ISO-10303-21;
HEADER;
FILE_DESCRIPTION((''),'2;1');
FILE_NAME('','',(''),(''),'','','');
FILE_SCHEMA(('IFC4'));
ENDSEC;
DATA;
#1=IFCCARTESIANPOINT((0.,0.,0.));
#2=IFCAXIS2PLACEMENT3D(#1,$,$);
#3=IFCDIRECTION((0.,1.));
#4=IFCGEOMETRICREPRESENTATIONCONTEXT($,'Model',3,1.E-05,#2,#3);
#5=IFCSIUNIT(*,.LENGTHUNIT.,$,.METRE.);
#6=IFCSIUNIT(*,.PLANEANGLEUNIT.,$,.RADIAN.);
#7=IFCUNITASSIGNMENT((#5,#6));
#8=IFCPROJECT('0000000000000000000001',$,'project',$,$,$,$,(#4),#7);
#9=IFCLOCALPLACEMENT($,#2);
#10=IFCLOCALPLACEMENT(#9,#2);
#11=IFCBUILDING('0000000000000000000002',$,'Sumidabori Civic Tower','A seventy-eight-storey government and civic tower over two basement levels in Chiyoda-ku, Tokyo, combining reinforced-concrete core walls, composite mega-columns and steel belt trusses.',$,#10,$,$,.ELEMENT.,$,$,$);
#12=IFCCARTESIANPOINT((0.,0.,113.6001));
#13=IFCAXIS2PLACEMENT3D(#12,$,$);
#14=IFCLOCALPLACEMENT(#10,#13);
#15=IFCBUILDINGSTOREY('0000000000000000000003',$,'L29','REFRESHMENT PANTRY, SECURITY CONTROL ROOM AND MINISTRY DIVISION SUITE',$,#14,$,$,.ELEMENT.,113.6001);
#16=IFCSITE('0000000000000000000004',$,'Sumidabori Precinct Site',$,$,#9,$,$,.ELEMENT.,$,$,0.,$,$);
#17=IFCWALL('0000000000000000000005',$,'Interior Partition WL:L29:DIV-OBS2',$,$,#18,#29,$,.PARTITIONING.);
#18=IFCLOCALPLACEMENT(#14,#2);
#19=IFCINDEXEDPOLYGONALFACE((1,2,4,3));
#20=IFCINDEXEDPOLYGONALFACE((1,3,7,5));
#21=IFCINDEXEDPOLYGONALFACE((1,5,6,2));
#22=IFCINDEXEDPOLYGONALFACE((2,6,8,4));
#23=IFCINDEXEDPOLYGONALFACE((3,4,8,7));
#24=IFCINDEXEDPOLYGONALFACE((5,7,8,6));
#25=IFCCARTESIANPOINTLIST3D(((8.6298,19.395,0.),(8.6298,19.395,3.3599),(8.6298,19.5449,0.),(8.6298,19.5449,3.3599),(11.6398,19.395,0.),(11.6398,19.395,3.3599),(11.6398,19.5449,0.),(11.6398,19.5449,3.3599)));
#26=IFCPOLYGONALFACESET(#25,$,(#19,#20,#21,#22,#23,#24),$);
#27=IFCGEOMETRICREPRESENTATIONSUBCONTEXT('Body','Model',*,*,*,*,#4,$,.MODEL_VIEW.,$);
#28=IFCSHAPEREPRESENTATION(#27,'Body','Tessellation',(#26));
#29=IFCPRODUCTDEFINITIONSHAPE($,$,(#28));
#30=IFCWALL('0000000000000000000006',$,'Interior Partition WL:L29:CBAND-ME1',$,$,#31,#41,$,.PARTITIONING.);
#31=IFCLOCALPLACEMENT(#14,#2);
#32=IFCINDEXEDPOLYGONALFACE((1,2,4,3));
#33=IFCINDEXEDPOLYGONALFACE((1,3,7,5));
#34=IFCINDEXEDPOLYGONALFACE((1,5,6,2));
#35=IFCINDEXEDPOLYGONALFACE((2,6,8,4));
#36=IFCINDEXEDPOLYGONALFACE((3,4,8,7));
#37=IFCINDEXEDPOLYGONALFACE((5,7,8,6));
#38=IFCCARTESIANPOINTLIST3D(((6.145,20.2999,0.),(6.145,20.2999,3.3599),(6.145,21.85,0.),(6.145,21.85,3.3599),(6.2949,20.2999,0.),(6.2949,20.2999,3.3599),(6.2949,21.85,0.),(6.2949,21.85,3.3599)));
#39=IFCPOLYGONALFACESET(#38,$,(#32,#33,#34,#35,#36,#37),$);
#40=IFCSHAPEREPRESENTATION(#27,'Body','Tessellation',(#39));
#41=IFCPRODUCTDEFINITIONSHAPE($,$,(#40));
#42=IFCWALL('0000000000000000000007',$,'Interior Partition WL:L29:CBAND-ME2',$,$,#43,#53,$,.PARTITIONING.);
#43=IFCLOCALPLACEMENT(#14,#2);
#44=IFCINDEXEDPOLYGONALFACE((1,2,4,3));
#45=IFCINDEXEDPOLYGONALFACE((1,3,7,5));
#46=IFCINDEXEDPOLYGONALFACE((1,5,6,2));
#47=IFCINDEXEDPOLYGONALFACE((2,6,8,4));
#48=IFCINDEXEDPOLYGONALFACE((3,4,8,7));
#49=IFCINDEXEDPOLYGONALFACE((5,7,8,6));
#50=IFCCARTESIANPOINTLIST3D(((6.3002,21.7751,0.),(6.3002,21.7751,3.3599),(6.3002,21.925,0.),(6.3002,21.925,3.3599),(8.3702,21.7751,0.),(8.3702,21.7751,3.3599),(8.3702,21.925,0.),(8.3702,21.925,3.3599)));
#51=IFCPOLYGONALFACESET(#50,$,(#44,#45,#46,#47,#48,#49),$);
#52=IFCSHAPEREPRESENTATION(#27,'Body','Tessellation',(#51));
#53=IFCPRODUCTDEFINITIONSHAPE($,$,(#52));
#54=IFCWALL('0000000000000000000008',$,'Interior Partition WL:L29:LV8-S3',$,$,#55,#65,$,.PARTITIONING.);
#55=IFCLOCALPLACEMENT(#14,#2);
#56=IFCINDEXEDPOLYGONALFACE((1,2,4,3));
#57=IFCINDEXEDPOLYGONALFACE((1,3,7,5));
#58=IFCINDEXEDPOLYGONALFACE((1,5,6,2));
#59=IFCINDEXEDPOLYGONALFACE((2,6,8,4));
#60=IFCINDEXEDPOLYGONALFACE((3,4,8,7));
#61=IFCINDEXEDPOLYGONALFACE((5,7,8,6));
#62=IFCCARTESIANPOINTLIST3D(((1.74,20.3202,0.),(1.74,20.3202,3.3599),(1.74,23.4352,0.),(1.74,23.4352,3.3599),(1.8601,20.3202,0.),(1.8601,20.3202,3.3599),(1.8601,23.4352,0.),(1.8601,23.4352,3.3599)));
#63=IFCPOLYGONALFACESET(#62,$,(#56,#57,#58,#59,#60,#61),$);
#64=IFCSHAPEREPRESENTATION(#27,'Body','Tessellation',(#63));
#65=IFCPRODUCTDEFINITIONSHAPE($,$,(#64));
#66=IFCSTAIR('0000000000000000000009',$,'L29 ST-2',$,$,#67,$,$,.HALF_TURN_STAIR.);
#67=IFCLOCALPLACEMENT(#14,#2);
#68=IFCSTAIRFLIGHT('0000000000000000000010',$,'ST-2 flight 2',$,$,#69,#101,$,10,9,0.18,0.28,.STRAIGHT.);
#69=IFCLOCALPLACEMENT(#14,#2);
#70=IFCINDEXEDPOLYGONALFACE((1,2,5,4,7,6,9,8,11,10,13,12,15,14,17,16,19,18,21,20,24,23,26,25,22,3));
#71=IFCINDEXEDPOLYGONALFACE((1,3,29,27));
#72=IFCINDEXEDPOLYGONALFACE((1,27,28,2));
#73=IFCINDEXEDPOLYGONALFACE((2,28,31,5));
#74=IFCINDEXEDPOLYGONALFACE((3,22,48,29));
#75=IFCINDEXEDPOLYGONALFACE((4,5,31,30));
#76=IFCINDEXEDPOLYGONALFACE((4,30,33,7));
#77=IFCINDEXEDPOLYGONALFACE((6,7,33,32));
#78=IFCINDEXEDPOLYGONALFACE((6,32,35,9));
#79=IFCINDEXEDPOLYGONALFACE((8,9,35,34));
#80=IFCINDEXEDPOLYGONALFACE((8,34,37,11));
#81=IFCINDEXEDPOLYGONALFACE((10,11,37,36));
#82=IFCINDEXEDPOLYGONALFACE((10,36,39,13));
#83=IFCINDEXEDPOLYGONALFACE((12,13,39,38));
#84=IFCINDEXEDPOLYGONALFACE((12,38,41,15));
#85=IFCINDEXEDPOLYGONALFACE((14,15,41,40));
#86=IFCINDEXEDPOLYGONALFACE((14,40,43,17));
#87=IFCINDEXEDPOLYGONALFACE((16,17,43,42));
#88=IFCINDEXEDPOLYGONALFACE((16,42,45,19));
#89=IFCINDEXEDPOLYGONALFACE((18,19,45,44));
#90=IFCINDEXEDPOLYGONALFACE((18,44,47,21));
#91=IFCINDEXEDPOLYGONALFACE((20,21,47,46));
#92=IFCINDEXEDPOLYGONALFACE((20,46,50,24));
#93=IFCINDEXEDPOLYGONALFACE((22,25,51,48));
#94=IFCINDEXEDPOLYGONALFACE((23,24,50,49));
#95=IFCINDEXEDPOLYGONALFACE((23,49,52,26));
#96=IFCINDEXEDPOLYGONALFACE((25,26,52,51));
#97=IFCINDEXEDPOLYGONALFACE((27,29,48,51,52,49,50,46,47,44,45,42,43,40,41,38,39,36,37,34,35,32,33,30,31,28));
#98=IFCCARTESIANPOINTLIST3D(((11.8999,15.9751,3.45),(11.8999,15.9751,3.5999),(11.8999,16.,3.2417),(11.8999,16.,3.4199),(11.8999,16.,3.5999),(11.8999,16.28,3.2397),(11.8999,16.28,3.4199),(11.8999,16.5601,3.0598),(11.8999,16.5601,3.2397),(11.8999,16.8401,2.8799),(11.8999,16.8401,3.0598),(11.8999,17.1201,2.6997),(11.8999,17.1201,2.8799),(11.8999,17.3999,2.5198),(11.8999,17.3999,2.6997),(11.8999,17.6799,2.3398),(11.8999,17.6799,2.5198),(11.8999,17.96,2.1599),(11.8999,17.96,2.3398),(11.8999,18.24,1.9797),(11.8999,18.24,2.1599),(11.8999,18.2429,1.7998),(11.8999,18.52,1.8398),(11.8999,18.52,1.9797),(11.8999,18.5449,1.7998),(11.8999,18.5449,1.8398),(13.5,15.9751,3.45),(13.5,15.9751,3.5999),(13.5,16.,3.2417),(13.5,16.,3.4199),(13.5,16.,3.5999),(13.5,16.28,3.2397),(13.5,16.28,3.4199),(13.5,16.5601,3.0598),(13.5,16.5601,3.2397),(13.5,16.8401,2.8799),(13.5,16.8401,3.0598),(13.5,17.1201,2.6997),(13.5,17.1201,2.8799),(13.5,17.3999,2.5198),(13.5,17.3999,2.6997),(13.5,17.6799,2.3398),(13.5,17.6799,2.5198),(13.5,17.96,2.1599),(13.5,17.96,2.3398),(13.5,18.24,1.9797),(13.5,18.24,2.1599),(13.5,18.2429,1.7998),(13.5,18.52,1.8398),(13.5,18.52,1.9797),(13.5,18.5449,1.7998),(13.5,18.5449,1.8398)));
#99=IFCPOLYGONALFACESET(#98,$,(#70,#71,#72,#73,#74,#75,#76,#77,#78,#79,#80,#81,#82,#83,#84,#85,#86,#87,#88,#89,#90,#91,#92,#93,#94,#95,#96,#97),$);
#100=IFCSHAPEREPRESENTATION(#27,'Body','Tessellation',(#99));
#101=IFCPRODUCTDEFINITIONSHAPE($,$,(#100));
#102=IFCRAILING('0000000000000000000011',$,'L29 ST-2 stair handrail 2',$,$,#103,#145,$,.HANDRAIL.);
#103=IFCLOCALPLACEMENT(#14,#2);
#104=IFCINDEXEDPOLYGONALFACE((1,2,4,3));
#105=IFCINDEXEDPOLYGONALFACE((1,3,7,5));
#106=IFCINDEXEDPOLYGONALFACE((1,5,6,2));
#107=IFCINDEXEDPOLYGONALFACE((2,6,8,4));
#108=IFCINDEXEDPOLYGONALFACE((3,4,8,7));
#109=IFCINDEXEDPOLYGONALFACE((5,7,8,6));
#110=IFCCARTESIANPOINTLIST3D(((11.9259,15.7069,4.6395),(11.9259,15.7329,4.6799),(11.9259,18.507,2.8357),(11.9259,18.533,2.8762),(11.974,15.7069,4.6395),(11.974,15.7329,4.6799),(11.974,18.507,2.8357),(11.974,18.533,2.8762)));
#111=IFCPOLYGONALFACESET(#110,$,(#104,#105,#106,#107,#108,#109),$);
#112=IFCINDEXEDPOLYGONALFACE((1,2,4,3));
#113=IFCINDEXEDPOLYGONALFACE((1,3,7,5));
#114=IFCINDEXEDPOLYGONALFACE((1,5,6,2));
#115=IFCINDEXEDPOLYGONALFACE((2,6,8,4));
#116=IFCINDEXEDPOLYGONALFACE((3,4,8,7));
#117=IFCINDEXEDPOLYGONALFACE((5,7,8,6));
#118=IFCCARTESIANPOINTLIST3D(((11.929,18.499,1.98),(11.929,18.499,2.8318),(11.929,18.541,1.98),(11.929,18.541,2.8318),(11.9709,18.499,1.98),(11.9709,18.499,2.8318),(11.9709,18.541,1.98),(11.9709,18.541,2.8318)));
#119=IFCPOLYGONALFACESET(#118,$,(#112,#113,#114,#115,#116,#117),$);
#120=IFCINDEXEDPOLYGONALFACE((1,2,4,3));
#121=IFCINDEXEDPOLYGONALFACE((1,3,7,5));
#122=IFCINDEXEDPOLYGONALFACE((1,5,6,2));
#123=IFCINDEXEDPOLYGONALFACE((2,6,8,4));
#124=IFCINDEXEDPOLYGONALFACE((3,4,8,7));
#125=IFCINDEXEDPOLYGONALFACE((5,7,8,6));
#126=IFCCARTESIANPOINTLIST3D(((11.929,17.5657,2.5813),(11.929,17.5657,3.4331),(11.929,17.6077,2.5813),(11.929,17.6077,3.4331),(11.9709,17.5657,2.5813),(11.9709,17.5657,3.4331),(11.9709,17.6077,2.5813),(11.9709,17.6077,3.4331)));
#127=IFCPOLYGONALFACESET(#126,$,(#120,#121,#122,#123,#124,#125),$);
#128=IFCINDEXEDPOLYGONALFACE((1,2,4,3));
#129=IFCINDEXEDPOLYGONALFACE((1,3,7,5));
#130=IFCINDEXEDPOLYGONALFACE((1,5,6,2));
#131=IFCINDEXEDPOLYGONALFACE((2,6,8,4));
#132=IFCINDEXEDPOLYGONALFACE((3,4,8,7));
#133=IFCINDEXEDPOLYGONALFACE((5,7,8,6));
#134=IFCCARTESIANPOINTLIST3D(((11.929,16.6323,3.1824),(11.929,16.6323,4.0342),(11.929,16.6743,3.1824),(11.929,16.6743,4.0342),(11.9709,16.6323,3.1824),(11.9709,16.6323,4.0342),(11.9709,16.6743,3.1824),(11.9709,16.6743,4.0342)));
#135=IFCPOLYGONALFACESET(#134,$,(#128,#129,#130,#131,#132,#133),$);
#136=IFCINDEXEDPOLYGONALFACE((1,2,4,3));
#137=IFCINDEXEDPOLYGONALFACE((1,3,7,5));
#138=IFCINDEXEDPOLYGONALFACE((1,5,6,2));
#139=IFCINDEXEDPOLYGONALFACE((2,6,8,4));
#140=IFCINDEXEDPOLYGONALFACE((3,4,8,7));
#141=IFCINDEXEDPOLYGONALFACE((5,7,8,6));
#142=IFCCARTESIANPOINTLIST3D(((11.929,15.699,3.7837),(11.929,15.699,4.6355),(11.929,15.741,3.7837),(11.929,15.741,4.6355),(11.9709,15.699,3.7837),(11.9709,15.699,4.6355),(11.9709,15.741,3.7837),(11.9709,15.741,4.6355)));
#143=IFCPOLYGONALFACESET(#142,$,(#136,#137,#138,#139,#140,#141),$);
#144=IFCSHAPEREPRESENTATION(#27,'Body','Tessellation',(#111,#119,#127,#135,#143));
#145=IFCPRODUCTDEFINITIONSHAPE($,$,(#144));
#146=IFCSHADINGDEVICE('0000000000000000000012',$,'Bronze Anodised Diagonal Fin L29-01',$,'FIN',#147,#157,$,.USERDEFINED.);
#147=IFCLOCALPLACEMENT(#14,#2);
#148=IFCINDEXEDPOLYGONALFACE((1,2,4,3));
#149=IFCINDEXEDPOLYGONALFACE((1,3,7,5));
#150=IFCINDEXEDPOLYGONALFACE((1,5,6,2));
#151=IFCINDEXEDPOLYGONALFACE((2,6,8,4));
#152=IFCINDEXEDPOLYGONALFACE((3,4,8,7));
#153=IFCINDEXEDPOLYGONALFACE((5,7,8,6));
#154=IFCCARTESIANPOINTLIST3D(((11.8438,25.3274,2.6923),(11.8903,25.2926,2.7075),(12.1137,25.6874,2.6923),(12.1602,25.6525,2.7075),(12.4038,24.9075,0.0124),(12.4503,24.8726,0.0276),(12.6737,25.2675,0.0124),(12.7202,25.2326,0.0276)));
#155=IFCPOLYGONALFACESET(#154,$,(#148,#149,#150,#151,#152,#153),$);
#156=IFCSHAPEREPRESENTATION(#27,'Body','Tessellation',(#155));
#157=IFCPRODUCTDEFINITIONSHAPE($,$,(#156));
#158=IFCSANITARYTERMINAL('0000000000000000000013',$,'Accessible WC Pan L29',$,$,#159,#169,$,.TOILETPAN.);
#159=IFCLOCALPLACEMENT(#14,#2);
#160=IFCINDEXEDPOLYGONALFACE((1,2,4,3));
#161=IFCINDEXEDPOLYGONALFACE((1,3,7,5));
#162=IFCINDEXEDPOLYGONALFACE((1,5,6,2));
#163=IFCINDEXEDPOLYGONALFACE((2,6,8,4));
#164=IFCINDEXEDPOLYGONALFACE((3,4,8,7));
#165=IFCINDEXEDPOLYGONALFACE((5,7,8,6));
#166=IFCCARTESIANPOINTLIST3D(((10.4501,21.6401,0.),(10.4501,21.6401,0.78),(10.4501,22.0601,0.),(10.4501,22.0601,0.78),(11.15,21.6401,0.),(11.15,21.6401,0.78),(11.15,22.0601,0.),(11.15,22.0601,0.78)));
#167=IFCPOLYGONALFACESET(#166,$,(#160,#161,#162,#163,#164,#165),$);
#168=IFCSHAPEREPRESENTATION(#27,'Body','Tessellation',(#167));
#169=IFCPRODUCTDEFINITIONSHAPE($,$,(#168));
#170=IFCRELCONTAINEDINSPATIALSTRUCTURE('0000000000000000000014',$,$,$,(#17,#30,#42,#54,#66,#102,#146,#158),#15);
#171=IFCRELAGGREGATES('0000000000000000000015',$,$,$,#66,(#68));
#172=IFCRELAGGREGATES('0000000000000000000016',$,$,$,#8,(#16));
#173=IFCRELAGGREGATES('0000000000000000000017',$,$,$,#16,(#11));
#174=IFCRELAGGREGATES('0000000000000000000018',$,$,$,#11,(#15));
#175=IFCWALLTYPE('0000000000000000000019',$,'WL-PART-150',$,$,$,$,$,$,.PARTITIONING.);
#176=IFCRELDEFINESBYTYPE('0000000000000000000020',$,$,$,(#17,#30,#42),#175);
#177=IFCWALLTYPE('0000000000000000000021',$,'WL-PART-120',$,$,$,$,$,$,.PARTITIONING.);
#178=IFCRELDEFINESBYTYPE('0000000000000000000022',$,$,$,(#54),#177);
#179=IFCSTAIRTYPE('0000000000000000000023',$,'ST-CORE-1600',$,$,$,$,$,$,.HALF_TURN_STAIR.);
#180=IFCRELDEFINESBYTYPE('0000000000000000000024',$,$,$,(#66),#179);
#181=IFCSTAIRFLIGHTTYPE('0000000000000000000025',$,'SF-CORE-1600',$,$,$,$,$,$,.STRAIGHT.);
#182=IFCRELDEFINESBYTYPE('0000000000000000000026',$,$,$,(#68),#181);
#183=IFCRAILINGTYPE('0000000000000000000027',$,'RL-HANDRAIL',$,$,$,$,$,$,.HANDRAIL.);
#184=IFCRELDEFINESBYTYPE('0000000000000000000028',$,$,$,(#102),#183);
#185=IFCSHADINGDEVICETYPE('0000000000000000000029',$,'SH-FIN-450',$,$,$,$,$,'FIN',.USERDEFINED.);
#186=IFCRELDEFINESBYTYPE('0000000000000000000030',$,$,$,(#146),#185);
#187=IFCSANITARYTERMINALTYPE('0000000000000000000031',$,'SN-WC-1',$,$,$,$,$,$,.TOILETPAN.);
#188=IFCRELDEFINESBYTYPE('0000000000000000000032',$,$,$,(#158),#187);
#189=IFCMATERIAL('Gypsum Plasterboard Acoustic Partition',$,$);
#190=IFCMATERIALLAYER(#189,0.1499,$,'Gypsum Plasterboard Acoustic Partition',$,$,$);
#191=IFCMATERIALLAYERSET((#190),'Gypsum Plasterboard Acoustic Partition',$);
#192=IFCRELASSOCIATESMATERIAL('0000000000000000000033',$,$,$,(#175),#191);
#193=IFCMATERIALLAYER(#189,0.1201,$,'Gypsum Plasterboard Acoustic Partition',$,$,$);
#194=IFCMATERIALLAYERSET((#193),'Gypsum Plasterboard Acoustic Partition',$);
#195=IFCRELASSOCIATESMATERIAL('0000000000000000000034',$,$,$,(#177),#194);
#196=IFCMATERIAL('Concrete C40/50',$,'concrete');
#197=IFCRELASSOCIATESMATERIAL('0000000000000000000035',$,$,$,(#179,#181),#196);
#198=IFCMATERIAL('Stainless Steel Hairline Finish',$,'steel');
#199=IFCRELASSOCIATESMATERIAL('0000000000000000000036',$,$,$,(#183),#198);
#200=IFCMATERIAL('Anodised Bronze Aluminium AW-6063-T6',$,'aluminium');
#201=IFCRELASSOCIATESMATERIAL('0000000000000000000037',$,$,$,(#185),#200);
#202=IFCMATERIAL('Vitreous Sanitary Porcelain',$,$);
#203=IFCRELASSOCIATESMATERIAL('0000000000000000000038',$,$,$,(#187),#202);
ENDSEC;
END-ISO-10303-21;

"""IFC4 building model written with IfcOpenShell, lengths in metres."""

from ifc_helpers import new_model, si_unit, direction, frame, frame_2d, origin, origin_2d, place, context, subcontext, project, spatial, polyline, rectangle, outline, extrude, source, transform, mapped, material, layer, layer_set, material_profile, profile_set, type_object, element, aggregate, save


model = new_model("IFC4")

# Units and contexts
model_context = context("Model", 3, precision=1e-05, world=origin(), true_north=direction((0.0, 1.0)))
body_context = subcontext(model_context, "Body", "Model", "MODEL_VIEW")
ifc_project = project(units=[si_unit("LENGTHUNIT", "METRE"), si_unit("PLANEANGLEUNIT", "RADIAN")], contexts=[model_context])

# Site, building, storey
site_placement = place(None, origin())
site = spatial("IfcSite", under=ifc_project, at=site_placement, Name="Sumidabori Precinct Site", CompositionType="ELEMENT", RefElevation=0.0)
building_placement = place(site_placement, origin())
building = spatial("IfcBuilding", under=site, at=building_placement, Name="Sumidabori Civic Tower", Description="A seventy-eight-storey government and civic tower over two basement levels in Chiyoda-ku, Tokyo, combining reinforced-concrete core walls, composite mega-columns and steel belt trusses.", CompositionType="ELEMENT")
storey_placement = place(building_placement, frame((0.0, 0.0, 113.6001)))
storey = spatial("IfcBuildingStorey", under=building, at=storey_placement, Name="L29", Description="REFRESHMENT PANTRY, SECURITY CONTROL ROOM AND MINISTRY DIVISION SUITE", CompositionType="ELEMENT", Elevation=113.6001)

# Shared definitions
ifc_material_1 = material(Name="Anodised Bronze Aluminium AW-6063-T6", Category="aluminium")

# Walls
ifc_material_2 = material(Name="Gypsum Plasterboard Acoustic Partition")
ifc_layer_1 = layer(ifc_material_2, 0.1499, Name="Gypsum Plasterboard Acoustic Partition")
ifc_layer_set_1 = layer_set([ifc_layer_1], Name="Gypsum Plasterboard Acoustic Partition")
wall_type_1 = type_object("IfcWallType", Name="WL-PART-150", PredefinedType="PARTITIONING", material=ifc_layer_set_1)
shared_shape_1 = source(origin(), body_context, "Body", "SweptSolid", [
    extrude(rectangle(XDim=3.01, YDim=0.1499, at=frame_2d((1.5049, 0.0))), origin(), (0.0, 0.0, 1.0), 3.3599),
])
wall_1_placement = place(storey_placement, frame((8.6299, 19.47, 0.0), z_axis=(0.0, 0.0, 1.0), x_axis=(1.0, 0.0, 0.0)))
element("IfcWall", 1, at=wall_1_placement, inside=storey, type_object=wall_type_1, Name="Interior Partition WL:L29:DIV-OBS2", PredefinedType="PARTITIONING", context=body_context, shape_type="MappedRepresentation", body=[
    mapped(shared_shape_1, transform((0.0, 0.0, 0.0), x_axis=(1.0, 0.0, 0.0), y_axis=(0.0, 1.0, 0.0), z_axis=(0.0, 0.0, 1.0), scale=1.0)),
])
shared_shape_2 = source(origin(), body_context, "Body", "SweptSolid", [
    extrude(rectangle(XDim=1.55, YDim=0.1499, at=frame_2d((0.7749, 0.0))), origin(), (0.0, 0.0, 1.0), 3.3599),
])
wall_2_placement = place(storey_placement, frame((6.22, 20.3, 0.0), z_axis=(0.0, 0.0, 1.0), x_axis=(0.0, 1.0, 0.0)))
element("IfcWall", 2, at=wall_2_placement, inside=storey, type_object=wall_type_1, Name="Interior Partition WL:L29:CBAND-ME1", PredefinedType="PARTITIONING", context=body_context, shape_type="MappedRepresentation", body=[
    mapped(shared_shape_2, transform((0.0, 0.0, 0.0), x_axis=(1.0, 0.0, 0.0), y_axis=(0.0, 1.0, 0.0), z_axis=(0.0, 0.0, 1.0), scale=1.0)),
])
shared_shape_3 = source(origin(), body_context, "Body", "SweptSolid", [
    extrude(rectangle(XDim=2.0701, YDim=0.1499, at=frame_2d((1.0352, 0.0))), origin(), (0.0, 0.0, 1.0), 3.3599),
])
wall_3_placement = place(storey_placement, frame((6.3, 21.8501, 0.0), z_axis=(0.0, 0.0, 1.0), x_axis=(1.0, 0.0, 0.0)))
element("IfcWall", 3, at=wall_3_placement, inside=storey, type_object=wall_type_1, Name="Interior Partition WL:L29:CBAND-ME2", PredefinedType="PARTITIONING", context=body_context, shape_type="MappedRepresentation", body=[
    mapped(shared_shape_3, transform((0.0, 0.0, 0.0), x_axis=(1.0, 0.0, 0.0), y_axis=(0.0, 1.0, 0.0), z_axis=(0.0, 0.0, 1.0), scale=1.0)),
])
ifc_layer_2 = layer(ifc_material_2, 0.1201, Name="Gypsum Plasterboard Acoustic Partition")
ifc_layer_set_2 = layer_set([ifc_layer_2], Name="Gypsum Plasterboard Acoustic Partition")
wall_type_2 = type_object("IfcWallType", Name="WL-PART-120", PredefinedType="PARTITIONING", material=ifc_layer_set_2)
shared_shape_4 = source(origin(), body_context, "Body", "SweptSolid", [
    extrude(rectangle(XDim=3.115, YDim=0.1201, at=frame_2d((1.5576, 0.0))), origin(), (0.0, 0.0, 1.0), 3.3599),
])
wall_4_placement = place(storey_placement, frame((1.8, 20.3201, 0.0), z_axis=(0.0, 0.0, 1.0), x_axis=(0.0, 1.0, 0.0)))
element("IfcWall", 4, at=wall_4_placement, inside=storey, type_object=wall_type_2, Name="Interior Partition WL:L29:LV8-S3", PredefinedType="PARTITIONING", context=body_context, shape_type="MappedRepresentation", body=[
    mapped(shared_shape_4, transform((0.0, 0.0, 0.0), x_axis=(1.0, 0.0, 0.0), y_axis=(0.0, 1.0, 0.0), z_axis=(0.0, 0.0, 1.0), scale=1.0)),
])

# Stair, stair flight
ifc_material_3 = material(Name="Concrete C40/50", Category="concrete")
stair_type = type_object("IfcStairType", Name="ST-CORE-1600", PredefinedType="HALF_TURN_STAIR", material=ifc_material_3)
stair_placement = place(storey_placement, origin())
stair = element("IfcStair", 5, at=stair_placement, inside=storey, type_object=stair_type, Name="L29 ST-2", PredefinedType="HALF_TURN_STAIR")
stair_flight_type = type_object("IfcStairFlightType", Name="SF-CORE-1600", PredefinedType="STRAIGHT", material=ifc_material_3)
shared_shape_5 = source(origin(), body_context, "Body", "SweptSolid", [
    extrude(outline(polyline([(-0.0249, 0.0), (-0.0249, 0.04), (0.0, 0.04), (0.0, 0.1799), (0.28, 0.1799), (0.28, 0.3601), (0.5601, 0.3601), (0.5601, 0.54), (0.8401, 0.54), (0.8401, 0.72), (1.1201, 0.72), (1.1201, 0.8999), (1.3999, 0.8999), (1.3999, 1.0801), (1.6799, 1.0801), (1.6799, 1.26), (1.96, 1.26), (1.96, 1.4399), (2.24, 1.4399), (2.24, 1.6201), (2.52, 1.6201), (2.52, 1.8), (2.5449, 1.8), (2.5449, 1.6501), (2.52, 1.4419), (0.2771, 0.0), (-0.0249, 0.0)])), frame((0.0, 0.8, 0.0), z_axis=(0.0, -1.0, 0.0), x_axis=(1.0, 0.0, 0.0)), (0.0, 0.0, 1.0), 1.6001),
])
stair_flight_placement = place(storey_placement, frame((12.7, 18.52, 1.7998), z_axis=(0.0, 0.0, 1.0), x_axis=(0.0, -1.0, 0.0)))
stair_flight = element("IfcStairFlight", 6, at=stair_flight_placement, type_object=stair_flight_type, Name="ST-2 flight 2", NumberOfRisers=10, NumberOfTreads=9, PredefinedType="STRAIGHT", RiserHeight=0.18, TreadLength=0.28, context=body_context, shape_type="MappedRepresentation", body=[
    mapped(shared_shape_5, transform((0.0, 0.0, 0.0), x_axis=(1.0, 0.0, 0.0), y_axis=(0.0, 1.0, 0.0), z_axis=(0.0, 0.0, 1.0), scale=1.0)),
])
aggregate(stair, [stair_flight])

# Railing
ifc_material_4 = material(Name="Stainless Steel Hairline Finish", Category="steel")
railing_type = type_object("IfcRailingType", Name="RL-HANDRAIL", PredefinedType="HANDRAIL", material=ifc_material_4)
railing_placement = place(storey_placement, frame((11.95, 18.52, 1.98)))
element("IfcRailing", 7, at=railing_placement, inside=storey, type_object=railing_type, Name="L29 ST-2 stair handrail 2", PredefinedType="HANDRAIL", context=body_context, shape_type="SweptSolid", body=[
    extrude(rectangle(XDim=0.0481, YDim=0.0481, at=origin_2d()), frame((0.0, 0.0, 0.876), z_axis=(0.0, -0.840676, 0.541539), x_axis=(1.0, 0.0, 0.0)), (0.0, 0.0, 1.0), 3.3308),
    extrude(rectangle(XDim=0.042, YDim=0.042, at=origin_2d()), origin(), (0.0, 0.0, 1.0), 0.8518),
    extrude(rectangle(XDim=0.042, YDim=0.042, at=origin_2d()), frame((0.0, -0.9333, 0.6013)), (0.0, 0.0, 1.0), 0.8518),
    extrude(rectangle(XDim=0.042, YDim=0.042, at=origin_2d()), frame((0.0, -1.8667, 1.2024)), (0.0, 0.0, 1.0), 0.8518),
    extrude(rectangle(XDim=0.042, YDim=0.042, at=origin_2d()), frame((0.0, -2.8, 1.8037)), (0.0, 0.0, 1.0), 0.8518),
])

# Shading device
ifc_material_profile_1 = material_profile(ifc_material_1, rectangle(XDim=0.0601, YDim=0.45, at=origin_2d()), Name="BRONZE FIN 450x60")
ifc_profile_set_1 = profile_set([ifc_material_profile_1], Name="Anodised Bronze Aluminium AW-6063-T6")
shading_device_type = type_object("IfcShadingDeviceType", Name="SH-FIN-450", ElementType="FIN", PredefinedType="USERDEFINED", material=ifc_profile_set_1)
shared_shape_6 = source(origin(), body_context, "Body", "SweptSolid", [
    extrude(rectangle(XDim=0.0601, YDim=0.45, at=origin_2d()), origin(), (0.0, 0.0, 1.0), 2.7698),
])
shading_device_placement = place(storey_placement, frame((12.562, 25.0701, 0.02), z_axis=(-0.202199, 0.151605, 0.967539), x_axis=(0.774112, -0.580415, 0.252722)))
element("IfcShadingDevice", 8, at=shading_device_placement, inside=storey, type_object=shading_device_type, Name="Bronze Anodised Diagonal Fin L29-01", ObjectType="FIN", PredefinedType="USERDEFINED", context=body_context, shape_type="MappedRepresentation", body=[
    mapped(shared_shape_6, transform((0.0, 0.0, 0.0), x_axis=(1.0, 0.0, 0.0), y_axis=(0.0, 1.0, 0.0), z_axis=(0.0, 0.0, 1.0), scale=1.0)),
])

# Sanitary terminal
ifc_material_5 = material(Name="Vitreous Sanitary Porcelain")
sanitary_terminal_type_1 = type_object("IfcSanitaryTerminalType", Name="SN-WC-1", PredefinedType="TOILETPAN", material=ifc_material_5)
shared_shape_7 = source(origin(), body_context, "Body", "SweptSolid", [
    extrude(rectangle(XDim=0.7, YDim=0.4199, at=origin_2d()), origin(), (0.0, 0.0, 1.0), 0.78),
])
sanitary_terminal_1_placement = place(storey_placement, frame((10.8, 21.8501, 0.0), z_axis=(0.0, 0.0, 1.0), x_axis=(1.0, 0.0, 0.0)))
element("IfcSanitaryTerminal", 9, at=sanitary_terminal_1_placement, inside=storey, type_object=sanitary_terminal_type_1, Name="Accessible WC Pan L29", PredefinedType="TOILETPAN", context=body_context, shape_type="MappedRepresentation", body=[
    mapped(shared_shape_7, transform((0.0, 0.0, 0.0), x_axis=(1.0, 0.0, 0.0), y_axis=(0.0, 1.0, 0.0), z_axis=(0.0, 0.0, 1.0), scale=1.0)),
])

save(model, "model.ifc")
